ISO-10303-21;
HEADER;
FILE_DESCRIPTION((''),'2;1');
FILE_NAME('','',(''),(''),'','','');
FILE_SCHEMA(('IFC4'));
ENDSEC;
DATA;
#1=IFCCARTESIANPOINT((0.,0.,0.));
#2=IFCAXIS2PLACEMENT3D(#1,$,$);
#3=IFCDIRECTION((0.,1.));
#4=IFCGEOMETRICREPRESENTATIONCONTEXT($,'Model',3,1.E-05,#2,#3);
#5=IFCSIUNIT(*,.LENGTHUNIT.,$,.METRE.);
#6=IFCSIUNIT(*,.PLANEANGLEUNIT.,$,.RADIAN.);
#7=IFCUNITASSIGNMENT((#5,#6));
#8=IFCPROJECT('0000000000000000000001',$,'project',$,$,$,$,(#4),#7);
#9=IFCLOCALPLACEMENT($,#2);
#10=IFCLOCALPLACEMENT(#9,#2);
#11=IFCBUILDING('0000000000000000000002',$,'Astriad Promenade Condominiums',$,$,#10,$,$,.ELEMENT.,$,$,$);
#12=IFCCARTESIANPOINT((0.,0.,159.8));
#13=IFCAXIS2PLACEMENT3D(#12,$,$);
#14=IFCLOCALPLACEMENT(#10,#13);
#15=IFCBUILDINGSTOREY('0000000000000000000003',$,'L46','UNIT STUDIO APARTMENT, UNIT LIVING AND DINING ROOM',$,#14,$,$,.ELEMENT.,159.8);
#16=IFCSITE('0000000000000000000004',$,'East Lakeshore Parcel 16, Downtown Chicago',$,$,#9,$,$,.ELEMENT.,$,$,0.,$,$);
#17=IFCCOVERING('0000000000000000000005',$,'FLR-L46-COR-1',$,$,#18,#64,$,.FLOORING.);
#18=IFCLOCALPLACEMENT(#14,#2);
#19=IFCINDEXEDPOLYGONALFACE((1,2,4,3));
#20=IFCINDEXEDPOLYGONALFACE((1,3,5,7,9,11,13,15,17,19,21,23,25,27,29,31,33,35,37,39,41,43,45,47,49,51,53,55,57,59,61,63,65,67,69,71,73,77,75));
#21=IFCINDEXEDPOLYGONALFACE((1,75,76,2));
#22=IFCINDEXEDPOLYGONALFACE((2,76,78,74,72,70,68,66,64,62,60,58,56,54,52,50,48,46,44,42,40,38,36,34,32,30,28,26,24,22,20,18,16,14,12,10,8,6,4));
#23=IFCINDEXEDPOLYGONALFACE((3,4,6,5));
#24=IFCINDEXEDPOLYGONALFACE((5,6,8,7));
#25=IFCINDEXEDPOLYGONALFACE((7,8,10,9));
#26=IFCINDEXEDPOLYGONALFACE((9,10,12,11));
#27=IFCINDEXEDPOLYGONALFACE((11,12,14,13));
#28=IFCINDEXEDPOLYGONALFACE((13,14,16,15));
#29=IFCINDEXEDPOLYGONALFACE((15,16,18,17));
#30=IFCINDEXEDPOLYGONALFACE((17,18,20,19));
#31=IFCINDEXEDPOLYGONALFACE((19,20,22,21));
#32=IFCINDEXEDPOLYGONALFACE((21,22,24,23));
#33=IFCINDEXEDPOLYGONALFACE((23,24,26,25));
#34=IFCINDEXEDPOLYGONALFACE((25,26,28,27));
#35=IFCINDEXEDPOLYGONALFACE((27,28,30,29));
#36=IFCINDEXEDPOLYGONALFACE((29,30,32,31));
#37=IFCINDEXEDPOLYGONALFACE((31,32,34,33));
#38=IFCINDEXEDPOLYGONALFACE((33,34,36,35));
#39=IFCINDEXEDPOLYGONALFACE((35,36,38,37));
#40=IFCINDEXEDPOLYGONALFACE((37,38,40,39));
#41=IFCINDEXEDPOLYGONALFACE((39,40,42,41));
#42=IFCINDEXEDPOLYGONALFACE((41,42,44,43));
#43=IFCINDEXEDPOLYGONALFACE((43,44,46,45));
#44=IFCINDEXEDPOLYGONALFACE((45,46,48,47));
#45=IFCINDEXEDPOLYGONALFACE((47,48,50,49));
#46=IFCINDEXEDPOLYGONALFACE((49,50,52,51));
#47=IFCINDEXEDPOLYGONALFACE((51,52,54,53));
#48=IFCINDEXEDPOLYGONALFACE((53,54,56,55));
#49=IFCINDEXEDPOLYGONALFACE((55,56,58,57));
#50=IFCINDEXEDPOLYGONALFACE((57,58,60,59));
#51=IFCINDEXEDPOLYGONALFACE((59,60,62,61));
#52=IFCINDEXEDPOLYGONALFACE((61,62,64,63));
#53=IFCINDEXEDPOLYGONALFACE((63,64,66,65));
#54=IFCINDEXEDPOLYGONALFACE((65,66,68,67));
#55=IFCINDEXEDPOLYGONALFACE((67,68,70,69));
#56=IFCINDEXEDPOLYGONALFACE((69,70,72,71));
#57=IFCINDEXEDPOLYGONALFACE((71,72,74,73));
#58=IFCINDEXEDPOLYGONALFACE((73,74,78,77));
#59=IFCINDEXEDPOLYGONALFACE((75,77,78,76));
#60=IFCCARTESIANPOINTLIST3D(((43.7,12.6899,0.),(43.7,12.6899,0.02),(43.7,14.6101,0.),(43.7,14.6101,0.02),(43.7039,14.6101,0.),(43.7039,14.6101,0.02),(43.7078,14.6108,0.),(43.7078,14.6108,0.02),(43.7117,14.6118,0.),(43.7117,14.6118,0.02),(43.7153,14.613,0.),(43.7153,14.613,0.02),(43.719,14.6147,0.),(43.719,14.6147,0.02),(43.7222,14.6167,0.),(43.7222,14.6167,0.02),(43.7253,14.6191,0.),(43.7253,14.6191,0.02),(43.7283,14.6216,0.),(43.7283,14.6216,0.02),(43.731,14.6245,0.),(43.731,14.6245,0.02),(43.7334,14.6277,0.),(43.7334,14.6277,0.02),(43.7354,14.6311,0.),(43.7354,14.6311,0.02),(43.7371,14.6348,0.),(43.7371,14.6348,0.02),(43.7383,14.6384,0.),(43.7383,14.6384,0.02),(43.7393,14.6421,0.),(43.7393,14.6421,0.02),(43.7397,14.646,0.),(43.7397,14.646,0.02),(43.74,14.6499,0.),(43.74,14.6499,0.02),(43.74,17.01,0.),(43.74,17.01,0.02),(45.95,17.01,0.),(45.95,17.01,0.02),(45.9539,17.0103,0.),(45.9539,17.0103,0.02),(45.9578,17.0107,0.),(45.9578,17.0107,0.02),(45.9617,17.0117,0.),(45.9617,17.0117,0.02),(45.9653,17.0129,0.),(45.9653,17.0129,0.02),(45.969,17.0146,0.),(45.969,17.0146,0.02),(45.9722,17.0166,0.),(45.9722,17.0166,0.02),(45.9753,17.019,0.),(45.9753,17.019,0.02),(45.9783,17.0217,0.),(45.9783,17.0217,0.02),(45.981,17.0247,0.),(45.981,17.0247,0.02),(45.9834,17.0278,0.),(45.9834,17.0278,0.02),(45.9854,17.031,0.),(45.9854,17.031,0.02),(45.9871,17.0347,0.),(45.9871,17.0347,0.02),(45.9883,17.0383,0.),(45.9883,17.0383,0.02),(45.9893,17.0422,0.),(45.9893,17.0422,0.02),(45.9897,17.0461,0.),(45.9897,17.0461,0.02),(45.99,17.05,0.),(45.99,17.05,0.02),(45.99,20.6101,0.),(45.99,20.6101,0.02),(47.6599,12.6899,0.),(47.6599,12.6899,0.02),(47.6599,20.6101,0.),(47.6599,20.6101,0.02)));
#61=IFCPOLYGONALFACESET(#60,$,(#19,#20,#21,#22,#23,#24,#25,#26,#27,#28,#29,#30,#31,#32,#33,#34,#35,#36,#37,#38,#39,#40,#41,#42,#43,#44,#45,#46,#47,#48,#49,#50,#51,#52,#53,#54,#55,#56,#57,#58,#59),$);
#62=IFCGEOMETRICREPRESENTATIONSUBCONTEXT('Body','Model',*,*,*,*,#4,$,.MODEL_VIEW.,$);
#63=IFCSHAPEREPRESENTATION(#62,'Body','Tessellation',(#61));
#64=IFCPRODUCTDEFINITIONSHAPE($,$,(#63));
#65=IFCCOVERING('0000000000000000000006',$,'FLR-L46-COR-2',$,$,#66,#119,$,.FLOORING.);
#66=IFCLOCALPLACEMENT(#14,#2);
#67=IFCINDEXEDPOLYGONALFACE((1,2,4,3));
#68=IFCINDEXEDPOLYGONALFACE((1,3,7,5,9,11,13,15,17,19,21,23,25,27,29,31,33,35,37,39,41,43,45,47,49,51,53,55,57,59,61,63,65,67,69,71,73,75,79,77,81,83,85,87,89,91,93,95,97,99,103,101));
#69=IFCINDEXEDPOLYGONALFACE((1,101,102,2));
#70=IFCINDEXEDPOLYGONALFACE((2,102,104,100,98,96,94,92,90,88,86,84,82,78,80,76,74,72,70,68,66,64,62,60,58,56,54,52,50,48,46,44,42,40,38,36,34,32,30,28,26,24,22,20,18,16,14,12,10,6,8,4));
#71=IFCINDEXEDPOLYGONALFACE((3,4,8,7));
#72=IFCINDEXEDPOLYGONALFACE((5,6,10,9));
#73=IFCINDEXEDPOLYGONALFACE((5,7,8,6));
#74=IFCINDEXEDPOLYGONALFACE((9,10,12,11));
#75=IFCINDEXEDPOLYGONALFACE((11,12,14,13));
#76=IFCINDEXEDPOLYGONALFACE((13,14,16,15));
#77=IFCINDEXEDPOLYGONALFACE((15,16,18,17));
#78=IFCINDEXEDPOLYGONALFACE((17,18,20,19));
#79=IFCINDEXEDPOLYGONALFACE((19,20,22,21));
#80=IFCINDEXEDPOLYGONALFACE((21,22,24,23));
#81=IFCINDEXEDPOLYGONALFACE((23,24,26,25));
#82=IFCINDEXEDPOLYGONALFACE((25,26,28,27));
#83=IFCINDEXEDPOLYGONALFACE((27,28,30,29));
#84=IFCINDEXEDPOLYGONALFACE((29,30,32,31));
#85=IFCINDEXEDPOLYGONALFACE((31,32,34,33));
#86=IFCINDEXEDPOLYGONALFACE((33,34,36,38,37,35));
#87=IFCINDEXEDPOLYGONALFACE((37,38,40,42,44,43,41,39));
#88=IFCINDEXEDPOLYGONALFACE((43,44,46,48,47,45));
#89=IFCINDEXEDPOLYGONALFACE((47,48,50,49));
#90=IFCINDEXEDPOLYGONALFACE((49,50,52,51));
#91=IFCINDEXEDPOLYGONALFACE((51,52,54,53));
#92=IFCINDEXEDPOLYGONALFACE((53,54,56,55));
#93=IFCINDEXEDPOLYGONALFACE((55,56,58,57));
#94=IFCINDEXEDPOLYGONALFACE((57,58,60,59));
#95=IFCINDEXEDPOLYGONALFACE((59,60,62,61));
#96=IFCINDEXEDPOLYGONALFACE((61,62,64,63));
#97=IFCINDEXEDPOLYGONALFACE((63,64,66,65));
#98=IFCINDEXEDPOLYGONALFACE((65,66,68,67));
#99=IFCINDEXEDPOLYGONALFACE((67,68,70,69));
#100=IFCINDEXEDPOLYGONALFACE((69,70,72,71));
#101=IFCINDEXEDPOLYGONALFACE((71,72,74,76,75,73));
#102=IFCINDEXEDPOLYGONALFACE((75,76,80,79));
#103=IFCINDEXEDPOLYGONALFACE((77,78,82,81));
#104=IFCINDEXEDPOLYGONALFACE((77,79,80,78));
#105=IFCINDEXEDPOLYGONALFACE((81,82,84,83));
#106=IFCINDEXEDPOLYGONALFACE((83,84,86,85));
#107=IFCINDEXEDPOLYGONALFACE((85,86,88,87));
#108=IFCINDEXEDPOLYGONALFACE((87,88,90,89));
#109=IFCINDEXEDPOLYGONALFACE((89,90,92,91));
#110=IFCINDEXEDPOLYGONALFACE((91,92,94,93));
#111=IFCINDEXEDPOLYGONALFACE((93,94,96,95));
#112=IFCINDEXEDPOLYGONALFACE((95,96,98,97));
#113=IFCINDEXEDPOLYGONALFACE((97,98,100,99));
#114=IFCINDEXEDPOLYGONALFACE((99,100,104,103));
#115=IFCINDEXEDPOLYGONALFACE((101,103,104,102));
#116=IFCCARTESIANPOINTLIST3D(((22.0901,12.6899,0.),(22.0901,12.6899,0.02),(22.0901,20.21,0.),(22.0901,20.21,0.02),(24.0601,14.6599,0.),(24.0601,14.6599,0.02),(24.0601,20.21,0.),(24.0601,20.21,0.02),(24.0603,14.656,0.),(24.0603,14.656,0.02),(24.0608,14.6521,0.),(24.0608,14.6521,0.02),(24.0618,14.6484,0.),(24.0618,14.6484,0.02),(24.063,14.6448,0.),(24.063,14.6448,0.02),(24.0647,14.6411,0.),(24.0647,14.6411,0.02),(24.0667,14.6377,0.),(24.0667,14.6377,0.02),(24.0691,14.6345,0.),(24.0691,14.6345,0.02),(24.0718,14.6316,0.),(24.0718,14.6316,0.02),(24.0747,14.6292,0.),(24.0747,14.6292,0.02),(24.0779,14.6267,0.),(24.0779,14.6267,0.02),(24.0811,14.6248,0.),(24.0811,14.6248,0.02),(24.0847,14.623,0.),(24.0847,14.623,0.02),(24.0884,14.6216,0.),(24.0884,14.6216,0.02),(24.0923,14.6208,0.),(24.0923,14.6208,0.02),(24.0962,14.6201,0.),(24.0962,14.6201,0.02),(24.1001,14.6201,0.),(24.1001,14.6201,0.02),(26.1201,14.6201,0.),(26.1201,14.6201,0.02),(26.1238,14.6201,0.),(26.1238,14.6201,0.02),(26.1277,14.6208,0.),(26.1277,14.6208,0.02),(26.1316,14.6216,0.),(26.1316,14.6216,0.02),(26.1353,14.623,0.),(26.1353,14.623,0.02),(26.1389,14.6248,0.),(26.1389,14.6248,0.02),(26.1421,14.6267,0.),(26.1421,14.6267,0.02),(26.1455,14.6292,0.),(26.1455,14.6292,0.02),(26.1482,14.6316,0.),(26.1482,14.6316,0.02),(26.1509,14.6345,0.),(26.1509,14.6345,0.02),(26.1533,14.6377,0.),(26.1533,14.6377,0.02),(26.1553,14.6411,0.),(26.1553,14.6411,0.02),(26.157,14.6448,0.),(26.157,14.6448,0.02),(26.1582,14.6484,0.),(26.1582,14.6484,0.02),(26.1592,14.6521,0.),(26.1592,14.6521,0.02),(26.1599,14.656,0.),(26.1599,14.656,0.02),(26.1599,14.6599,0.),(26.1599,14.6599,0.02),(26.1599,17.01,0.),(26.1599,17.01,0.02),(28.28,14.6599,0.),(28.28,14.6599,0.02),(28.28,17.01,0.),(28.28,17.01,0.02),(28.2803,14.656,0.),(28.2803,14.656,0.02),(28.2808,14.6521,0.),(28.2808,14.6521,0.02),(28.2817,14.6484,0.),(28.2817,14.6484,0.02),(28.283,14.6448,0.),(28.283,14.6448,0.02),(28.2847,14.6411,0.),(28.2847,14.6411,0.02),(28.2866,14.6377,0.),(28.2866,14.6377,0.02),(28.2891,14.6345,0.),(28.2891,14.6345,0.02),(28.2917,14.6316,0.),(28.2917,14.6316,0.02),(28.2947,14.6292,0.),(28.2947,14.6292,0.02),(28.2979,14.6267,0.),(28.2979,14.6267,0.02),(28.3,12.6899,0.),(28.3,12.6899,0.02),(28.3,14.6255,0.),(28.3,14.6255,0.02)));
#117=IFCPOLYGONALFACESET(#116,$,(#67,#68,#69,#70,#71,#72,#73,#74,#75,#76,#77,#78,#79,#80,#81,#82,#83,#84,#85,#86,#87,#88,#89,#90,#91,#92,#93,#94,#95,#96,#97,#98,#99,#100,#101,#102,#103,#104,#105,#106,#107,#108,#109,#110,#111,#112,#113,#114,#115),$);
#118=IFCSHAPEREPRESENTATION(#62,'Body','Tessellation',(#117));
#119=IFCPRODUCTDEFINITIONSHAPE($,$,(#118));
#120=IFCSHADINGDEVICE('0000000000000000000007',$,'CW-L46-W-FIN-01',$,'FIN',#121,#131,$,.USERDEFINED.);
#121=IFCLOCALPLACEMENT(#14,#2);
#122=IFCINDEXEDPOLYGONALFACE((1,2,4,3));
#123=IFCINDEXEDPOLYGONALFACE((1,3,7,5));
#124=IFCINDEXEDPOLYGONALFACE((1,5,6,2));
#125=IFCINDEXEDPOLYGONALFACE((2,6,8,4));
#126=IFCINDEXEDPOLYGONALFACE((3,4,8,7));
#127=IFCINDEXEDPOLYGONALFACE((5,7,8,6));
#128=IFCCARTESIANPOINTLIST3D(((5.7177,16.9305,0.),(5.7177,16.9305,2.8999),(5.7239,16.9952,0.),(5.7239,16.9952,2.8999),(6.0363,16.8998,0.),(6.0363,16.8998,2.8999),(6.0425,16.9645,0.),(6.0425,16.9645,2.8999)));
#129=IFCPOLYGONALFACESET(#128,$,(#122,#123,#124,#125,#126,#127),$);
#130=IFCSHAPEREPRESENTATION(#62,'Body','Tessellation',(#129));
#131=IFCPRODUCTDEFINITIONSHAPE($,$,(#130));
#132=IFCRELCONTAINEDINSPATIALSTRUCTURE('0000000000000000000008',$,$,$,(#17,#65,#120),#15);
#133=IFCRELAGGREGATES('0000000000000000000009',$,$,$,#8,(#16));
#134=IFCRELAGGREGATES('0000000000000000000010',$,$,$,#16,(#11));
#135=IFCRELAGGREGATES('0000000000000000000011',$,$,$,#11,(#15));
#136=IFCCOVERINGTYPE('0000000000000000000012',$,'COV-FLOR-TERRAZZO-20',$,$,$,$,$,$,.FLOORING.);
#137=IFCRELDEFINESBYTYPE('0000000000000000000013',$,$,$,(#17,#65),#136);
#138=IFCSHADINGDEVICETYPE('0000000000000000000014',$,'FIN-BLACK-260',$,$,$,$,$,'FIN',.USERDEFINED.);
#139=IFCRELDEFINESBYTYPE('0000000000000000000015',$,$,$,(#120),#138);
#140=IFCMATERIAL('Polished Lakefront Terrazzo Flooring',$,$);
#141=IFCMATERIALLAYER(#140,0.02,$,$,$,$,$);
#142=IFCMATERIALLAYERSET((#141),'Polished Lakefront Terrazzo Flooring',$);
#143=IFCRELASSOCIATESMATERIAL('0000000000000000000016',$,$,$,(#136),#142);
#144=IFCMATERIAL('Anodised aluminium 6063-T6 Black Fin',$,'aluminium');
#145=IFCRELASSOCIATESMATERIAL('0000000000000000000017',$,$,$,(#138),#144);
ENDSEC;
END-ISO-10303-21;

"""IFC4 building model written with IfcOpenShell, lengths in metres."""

from ifc_helpers import new_model, si_unit, direction, frame, origin, origin_2d, place, context, subcontext, project, spatial, polyline, rectangle, outline, extrude, source, transform, mapped, material, layer, layer_set, type_object, type_shapes, element, save


model = new_model("IFC4")

# Units and contexts
model_context = context("Model", 3, precision=1e-05, world=origin(), true_north=direction((0.0, 1.0)))
body_context = subcontext(model_context, "Body", "Model", "MODEL_VIEW")
ifc_project = project(units=[si_unit("LENGTHUNIT", "METRE"), si_unit("PLANEANGLEUNIT", "RADIAN")], contexts=[model_context])

# Site, building, storey
site_placement = place(None, origin())
site = spatial("IfcSite", under=ifc_project, at=site_placement, Name="East Lakeshore Parcel 16, Downtown Chicago", CompositionType="ELEMENT", RefElevation=0.0)
building_placement = place(site_placement, origin())
building = spatial("IfcBuilding", under=site, at=building_placement, Name="Astriad Promenade Condominiums", CompositionType="ELEMENT")
storey_placement = place(building_placement, frame((0.0, 0.0, 159.8)))
storey = spatial("IfcBuildingStorey", under=building, at=storey_placement, Name="L46", Description="UNIT STUDIO APARTMENT, UNIT LIVING AND DINING ROOM", CompositionType="ELEMENT", Elevation=159.8)

# Coverings
ifc_material_1 = material(Name="Polished Lakefront Terrazzo Flooring")
ifc_layer_1 = layer(ifc_material_1, 0.02)
ifc_layer_set_1 = layer_set([ifc_layer_1], Name="Polished Lakefront Terrazzo Flooring")
covering_type = type_object("IfcCoveringType", Name="COV-FLOR-TERRAZZO-20", PredefinedType="FLOORING", material=ifc_layer_set_1)
covering_1_placement = place(storey_placement, origin())
element("IfcCovering", 1, at=covering_1_placement, inside=storey, type_object=covering_type, Name="FLR-L46-COR-1", PredefinedType="FLOORING", context=body_context, shape_type="SweptSolid", body=[
    extrude(outline(polyline([(43.7, 12.6899), (43.7, 14.6101), (43.7039, 14.6101), (43.7078, 14.6108), (43.7117, 14.6118), (43.7153, 14.613), (43.719, 14.6147), (43.7222, 14.6167), (43.7253, 14.6191), (43.7283, 14.6216), (43.731, 14.6245), (43.7334, 14.6277), (43.7354, 14.6311), (43.7371, 14.6348), (43.7383, 14.6384), (43.7393, 14.6421), (43.7397, 14.646), (43.74, 14.6499), (43.74, 17.01), (45.95, 17.01), (45.9539, 17.0103), (45.9578, 17.0107), (45.9617, 17.0117), (45.9653, 17.0129), (45.969, 17.0146), (45.9722, 17.0166), (45.9753, 17.019), (45.9783, 17.0217), (45.981, 17.0247), (45.9834, 17.0278), (45.9854, 17.031), (45.9871, 17.0347), (45.9883, 17.0383), (45.9893, 17.0422), (45.9897, 17.0461), (45.99, 17.05), (45.99, 20.6101), (47.6599, 20.6101), (47.6599, 12.6899), (43.7, 12.6899)])), origin(), (0.0, 0.0, 1.0), 0.02),
])
covering_2_placement = place(storey_placement, origin())
element("IfcCovering", 2, at=covering_2_placement, inside=storey, type_object=covering_type, Name="FLR-L46-COR-2", PredefinedType="FLOORING", context=body_context, shape_type="SweptSolid", body=[
    extrude(outline(polyline([(28.3, 12.6899), (22.0901, 12.6899), (22.0901, 20.21), (24.0601, 20.21), (24.0601, 14.6599), (24.0603, 14.656), (24.0608, 14.6521), (24.0618, 14.6484), (24.063, 14.6448), (24.0647, 14.6411), (24.0667, 14.6377), (24.0691, 14.6345), (24.0718, 14.6316), (24.0747, 14.6292), (24.0779, 14.6267), (24.0811, 14.6248), (24.0847, 14.623), (24.0884, 14.6216), (24.0923, 14.6208), (24.0962, 14.6201), (24.1001, 14.6201), (26.1201, 14.6201), (26.1238, 14.6201), (26.1277, 14.6208), (26.1316, 14.6216), (26.1353, 14.623), (26.1389, 14.6248), (26.1421, 14.6267), (26.1455, 14.6292), (26.1482, 14.6316), (26.1509, 14.6345), (26.1533, 14.6377), (26.1553, 14.6411), (26.157, 14.6448), (26.1582, 14.6484), (26.1592, 14.6521), (26.1599, 14.656), (26.1599, 14.6599), (26.1599, 17.01), (28.28, 17.01), (28.28, 14.6599), (28.2803, 14.656), (28.2808, 14.6521), (28.2817, 14.6484), (28.283, 14.6448), (28.2847, 14.6411), (28.2866, 14.6377), (28.2891, 14.6345), (28.2917, 14.6316), (28.2947, 14.6292), (28.2979, 14.6267), (28.3, 14.6255), (28.3, 12.6899)])), origin(), (0.0, 0.0, 1.0), 0.02),
])

# Shading device
ifc_material_2 = material(Name="Anodised aluminium 6063-T6 Black Fin", Category="aluminium")
shading_device_type = type_object("IfcShadingDeviceType", Name="FIN-BLACK-260", ElementType="FIN", PredefinedType="USERDEFINED", material=ifc_material_2)
shared_shape_1 = source(origin(), body_context, "Body", "SweptSolid", [
    extrude(rectangle(XDim=0.0649, YDim=0.3201, at=origin_2d()), origin(), (0.0, 0.0, 1.0), 2.8999),
])
type_shapes(shading_device_type, [shared_shape_1])
shading_device_placement = place(storey_placement, frame((5.8801, 16.9475, 0.0), z_axis=(0.0, 0.0, 1.0), x_axis=(0.095846, 0.995396, 0.0)))
element("IfcShadingDevice", 3, at=shading_device_placement, inside=storey, type_object=shading_device_type, Name="CW-L46-W-FIN-01", ObjectType="FIN", PredefinedType="USERDEFINED", context=body_context, shape_type="MappedRepresentation", body=[
    mapped(shared_shape_1, transform((0.0, 0.0, 0.0), scale=1.0)),
])

save(model, "model.ifc")
